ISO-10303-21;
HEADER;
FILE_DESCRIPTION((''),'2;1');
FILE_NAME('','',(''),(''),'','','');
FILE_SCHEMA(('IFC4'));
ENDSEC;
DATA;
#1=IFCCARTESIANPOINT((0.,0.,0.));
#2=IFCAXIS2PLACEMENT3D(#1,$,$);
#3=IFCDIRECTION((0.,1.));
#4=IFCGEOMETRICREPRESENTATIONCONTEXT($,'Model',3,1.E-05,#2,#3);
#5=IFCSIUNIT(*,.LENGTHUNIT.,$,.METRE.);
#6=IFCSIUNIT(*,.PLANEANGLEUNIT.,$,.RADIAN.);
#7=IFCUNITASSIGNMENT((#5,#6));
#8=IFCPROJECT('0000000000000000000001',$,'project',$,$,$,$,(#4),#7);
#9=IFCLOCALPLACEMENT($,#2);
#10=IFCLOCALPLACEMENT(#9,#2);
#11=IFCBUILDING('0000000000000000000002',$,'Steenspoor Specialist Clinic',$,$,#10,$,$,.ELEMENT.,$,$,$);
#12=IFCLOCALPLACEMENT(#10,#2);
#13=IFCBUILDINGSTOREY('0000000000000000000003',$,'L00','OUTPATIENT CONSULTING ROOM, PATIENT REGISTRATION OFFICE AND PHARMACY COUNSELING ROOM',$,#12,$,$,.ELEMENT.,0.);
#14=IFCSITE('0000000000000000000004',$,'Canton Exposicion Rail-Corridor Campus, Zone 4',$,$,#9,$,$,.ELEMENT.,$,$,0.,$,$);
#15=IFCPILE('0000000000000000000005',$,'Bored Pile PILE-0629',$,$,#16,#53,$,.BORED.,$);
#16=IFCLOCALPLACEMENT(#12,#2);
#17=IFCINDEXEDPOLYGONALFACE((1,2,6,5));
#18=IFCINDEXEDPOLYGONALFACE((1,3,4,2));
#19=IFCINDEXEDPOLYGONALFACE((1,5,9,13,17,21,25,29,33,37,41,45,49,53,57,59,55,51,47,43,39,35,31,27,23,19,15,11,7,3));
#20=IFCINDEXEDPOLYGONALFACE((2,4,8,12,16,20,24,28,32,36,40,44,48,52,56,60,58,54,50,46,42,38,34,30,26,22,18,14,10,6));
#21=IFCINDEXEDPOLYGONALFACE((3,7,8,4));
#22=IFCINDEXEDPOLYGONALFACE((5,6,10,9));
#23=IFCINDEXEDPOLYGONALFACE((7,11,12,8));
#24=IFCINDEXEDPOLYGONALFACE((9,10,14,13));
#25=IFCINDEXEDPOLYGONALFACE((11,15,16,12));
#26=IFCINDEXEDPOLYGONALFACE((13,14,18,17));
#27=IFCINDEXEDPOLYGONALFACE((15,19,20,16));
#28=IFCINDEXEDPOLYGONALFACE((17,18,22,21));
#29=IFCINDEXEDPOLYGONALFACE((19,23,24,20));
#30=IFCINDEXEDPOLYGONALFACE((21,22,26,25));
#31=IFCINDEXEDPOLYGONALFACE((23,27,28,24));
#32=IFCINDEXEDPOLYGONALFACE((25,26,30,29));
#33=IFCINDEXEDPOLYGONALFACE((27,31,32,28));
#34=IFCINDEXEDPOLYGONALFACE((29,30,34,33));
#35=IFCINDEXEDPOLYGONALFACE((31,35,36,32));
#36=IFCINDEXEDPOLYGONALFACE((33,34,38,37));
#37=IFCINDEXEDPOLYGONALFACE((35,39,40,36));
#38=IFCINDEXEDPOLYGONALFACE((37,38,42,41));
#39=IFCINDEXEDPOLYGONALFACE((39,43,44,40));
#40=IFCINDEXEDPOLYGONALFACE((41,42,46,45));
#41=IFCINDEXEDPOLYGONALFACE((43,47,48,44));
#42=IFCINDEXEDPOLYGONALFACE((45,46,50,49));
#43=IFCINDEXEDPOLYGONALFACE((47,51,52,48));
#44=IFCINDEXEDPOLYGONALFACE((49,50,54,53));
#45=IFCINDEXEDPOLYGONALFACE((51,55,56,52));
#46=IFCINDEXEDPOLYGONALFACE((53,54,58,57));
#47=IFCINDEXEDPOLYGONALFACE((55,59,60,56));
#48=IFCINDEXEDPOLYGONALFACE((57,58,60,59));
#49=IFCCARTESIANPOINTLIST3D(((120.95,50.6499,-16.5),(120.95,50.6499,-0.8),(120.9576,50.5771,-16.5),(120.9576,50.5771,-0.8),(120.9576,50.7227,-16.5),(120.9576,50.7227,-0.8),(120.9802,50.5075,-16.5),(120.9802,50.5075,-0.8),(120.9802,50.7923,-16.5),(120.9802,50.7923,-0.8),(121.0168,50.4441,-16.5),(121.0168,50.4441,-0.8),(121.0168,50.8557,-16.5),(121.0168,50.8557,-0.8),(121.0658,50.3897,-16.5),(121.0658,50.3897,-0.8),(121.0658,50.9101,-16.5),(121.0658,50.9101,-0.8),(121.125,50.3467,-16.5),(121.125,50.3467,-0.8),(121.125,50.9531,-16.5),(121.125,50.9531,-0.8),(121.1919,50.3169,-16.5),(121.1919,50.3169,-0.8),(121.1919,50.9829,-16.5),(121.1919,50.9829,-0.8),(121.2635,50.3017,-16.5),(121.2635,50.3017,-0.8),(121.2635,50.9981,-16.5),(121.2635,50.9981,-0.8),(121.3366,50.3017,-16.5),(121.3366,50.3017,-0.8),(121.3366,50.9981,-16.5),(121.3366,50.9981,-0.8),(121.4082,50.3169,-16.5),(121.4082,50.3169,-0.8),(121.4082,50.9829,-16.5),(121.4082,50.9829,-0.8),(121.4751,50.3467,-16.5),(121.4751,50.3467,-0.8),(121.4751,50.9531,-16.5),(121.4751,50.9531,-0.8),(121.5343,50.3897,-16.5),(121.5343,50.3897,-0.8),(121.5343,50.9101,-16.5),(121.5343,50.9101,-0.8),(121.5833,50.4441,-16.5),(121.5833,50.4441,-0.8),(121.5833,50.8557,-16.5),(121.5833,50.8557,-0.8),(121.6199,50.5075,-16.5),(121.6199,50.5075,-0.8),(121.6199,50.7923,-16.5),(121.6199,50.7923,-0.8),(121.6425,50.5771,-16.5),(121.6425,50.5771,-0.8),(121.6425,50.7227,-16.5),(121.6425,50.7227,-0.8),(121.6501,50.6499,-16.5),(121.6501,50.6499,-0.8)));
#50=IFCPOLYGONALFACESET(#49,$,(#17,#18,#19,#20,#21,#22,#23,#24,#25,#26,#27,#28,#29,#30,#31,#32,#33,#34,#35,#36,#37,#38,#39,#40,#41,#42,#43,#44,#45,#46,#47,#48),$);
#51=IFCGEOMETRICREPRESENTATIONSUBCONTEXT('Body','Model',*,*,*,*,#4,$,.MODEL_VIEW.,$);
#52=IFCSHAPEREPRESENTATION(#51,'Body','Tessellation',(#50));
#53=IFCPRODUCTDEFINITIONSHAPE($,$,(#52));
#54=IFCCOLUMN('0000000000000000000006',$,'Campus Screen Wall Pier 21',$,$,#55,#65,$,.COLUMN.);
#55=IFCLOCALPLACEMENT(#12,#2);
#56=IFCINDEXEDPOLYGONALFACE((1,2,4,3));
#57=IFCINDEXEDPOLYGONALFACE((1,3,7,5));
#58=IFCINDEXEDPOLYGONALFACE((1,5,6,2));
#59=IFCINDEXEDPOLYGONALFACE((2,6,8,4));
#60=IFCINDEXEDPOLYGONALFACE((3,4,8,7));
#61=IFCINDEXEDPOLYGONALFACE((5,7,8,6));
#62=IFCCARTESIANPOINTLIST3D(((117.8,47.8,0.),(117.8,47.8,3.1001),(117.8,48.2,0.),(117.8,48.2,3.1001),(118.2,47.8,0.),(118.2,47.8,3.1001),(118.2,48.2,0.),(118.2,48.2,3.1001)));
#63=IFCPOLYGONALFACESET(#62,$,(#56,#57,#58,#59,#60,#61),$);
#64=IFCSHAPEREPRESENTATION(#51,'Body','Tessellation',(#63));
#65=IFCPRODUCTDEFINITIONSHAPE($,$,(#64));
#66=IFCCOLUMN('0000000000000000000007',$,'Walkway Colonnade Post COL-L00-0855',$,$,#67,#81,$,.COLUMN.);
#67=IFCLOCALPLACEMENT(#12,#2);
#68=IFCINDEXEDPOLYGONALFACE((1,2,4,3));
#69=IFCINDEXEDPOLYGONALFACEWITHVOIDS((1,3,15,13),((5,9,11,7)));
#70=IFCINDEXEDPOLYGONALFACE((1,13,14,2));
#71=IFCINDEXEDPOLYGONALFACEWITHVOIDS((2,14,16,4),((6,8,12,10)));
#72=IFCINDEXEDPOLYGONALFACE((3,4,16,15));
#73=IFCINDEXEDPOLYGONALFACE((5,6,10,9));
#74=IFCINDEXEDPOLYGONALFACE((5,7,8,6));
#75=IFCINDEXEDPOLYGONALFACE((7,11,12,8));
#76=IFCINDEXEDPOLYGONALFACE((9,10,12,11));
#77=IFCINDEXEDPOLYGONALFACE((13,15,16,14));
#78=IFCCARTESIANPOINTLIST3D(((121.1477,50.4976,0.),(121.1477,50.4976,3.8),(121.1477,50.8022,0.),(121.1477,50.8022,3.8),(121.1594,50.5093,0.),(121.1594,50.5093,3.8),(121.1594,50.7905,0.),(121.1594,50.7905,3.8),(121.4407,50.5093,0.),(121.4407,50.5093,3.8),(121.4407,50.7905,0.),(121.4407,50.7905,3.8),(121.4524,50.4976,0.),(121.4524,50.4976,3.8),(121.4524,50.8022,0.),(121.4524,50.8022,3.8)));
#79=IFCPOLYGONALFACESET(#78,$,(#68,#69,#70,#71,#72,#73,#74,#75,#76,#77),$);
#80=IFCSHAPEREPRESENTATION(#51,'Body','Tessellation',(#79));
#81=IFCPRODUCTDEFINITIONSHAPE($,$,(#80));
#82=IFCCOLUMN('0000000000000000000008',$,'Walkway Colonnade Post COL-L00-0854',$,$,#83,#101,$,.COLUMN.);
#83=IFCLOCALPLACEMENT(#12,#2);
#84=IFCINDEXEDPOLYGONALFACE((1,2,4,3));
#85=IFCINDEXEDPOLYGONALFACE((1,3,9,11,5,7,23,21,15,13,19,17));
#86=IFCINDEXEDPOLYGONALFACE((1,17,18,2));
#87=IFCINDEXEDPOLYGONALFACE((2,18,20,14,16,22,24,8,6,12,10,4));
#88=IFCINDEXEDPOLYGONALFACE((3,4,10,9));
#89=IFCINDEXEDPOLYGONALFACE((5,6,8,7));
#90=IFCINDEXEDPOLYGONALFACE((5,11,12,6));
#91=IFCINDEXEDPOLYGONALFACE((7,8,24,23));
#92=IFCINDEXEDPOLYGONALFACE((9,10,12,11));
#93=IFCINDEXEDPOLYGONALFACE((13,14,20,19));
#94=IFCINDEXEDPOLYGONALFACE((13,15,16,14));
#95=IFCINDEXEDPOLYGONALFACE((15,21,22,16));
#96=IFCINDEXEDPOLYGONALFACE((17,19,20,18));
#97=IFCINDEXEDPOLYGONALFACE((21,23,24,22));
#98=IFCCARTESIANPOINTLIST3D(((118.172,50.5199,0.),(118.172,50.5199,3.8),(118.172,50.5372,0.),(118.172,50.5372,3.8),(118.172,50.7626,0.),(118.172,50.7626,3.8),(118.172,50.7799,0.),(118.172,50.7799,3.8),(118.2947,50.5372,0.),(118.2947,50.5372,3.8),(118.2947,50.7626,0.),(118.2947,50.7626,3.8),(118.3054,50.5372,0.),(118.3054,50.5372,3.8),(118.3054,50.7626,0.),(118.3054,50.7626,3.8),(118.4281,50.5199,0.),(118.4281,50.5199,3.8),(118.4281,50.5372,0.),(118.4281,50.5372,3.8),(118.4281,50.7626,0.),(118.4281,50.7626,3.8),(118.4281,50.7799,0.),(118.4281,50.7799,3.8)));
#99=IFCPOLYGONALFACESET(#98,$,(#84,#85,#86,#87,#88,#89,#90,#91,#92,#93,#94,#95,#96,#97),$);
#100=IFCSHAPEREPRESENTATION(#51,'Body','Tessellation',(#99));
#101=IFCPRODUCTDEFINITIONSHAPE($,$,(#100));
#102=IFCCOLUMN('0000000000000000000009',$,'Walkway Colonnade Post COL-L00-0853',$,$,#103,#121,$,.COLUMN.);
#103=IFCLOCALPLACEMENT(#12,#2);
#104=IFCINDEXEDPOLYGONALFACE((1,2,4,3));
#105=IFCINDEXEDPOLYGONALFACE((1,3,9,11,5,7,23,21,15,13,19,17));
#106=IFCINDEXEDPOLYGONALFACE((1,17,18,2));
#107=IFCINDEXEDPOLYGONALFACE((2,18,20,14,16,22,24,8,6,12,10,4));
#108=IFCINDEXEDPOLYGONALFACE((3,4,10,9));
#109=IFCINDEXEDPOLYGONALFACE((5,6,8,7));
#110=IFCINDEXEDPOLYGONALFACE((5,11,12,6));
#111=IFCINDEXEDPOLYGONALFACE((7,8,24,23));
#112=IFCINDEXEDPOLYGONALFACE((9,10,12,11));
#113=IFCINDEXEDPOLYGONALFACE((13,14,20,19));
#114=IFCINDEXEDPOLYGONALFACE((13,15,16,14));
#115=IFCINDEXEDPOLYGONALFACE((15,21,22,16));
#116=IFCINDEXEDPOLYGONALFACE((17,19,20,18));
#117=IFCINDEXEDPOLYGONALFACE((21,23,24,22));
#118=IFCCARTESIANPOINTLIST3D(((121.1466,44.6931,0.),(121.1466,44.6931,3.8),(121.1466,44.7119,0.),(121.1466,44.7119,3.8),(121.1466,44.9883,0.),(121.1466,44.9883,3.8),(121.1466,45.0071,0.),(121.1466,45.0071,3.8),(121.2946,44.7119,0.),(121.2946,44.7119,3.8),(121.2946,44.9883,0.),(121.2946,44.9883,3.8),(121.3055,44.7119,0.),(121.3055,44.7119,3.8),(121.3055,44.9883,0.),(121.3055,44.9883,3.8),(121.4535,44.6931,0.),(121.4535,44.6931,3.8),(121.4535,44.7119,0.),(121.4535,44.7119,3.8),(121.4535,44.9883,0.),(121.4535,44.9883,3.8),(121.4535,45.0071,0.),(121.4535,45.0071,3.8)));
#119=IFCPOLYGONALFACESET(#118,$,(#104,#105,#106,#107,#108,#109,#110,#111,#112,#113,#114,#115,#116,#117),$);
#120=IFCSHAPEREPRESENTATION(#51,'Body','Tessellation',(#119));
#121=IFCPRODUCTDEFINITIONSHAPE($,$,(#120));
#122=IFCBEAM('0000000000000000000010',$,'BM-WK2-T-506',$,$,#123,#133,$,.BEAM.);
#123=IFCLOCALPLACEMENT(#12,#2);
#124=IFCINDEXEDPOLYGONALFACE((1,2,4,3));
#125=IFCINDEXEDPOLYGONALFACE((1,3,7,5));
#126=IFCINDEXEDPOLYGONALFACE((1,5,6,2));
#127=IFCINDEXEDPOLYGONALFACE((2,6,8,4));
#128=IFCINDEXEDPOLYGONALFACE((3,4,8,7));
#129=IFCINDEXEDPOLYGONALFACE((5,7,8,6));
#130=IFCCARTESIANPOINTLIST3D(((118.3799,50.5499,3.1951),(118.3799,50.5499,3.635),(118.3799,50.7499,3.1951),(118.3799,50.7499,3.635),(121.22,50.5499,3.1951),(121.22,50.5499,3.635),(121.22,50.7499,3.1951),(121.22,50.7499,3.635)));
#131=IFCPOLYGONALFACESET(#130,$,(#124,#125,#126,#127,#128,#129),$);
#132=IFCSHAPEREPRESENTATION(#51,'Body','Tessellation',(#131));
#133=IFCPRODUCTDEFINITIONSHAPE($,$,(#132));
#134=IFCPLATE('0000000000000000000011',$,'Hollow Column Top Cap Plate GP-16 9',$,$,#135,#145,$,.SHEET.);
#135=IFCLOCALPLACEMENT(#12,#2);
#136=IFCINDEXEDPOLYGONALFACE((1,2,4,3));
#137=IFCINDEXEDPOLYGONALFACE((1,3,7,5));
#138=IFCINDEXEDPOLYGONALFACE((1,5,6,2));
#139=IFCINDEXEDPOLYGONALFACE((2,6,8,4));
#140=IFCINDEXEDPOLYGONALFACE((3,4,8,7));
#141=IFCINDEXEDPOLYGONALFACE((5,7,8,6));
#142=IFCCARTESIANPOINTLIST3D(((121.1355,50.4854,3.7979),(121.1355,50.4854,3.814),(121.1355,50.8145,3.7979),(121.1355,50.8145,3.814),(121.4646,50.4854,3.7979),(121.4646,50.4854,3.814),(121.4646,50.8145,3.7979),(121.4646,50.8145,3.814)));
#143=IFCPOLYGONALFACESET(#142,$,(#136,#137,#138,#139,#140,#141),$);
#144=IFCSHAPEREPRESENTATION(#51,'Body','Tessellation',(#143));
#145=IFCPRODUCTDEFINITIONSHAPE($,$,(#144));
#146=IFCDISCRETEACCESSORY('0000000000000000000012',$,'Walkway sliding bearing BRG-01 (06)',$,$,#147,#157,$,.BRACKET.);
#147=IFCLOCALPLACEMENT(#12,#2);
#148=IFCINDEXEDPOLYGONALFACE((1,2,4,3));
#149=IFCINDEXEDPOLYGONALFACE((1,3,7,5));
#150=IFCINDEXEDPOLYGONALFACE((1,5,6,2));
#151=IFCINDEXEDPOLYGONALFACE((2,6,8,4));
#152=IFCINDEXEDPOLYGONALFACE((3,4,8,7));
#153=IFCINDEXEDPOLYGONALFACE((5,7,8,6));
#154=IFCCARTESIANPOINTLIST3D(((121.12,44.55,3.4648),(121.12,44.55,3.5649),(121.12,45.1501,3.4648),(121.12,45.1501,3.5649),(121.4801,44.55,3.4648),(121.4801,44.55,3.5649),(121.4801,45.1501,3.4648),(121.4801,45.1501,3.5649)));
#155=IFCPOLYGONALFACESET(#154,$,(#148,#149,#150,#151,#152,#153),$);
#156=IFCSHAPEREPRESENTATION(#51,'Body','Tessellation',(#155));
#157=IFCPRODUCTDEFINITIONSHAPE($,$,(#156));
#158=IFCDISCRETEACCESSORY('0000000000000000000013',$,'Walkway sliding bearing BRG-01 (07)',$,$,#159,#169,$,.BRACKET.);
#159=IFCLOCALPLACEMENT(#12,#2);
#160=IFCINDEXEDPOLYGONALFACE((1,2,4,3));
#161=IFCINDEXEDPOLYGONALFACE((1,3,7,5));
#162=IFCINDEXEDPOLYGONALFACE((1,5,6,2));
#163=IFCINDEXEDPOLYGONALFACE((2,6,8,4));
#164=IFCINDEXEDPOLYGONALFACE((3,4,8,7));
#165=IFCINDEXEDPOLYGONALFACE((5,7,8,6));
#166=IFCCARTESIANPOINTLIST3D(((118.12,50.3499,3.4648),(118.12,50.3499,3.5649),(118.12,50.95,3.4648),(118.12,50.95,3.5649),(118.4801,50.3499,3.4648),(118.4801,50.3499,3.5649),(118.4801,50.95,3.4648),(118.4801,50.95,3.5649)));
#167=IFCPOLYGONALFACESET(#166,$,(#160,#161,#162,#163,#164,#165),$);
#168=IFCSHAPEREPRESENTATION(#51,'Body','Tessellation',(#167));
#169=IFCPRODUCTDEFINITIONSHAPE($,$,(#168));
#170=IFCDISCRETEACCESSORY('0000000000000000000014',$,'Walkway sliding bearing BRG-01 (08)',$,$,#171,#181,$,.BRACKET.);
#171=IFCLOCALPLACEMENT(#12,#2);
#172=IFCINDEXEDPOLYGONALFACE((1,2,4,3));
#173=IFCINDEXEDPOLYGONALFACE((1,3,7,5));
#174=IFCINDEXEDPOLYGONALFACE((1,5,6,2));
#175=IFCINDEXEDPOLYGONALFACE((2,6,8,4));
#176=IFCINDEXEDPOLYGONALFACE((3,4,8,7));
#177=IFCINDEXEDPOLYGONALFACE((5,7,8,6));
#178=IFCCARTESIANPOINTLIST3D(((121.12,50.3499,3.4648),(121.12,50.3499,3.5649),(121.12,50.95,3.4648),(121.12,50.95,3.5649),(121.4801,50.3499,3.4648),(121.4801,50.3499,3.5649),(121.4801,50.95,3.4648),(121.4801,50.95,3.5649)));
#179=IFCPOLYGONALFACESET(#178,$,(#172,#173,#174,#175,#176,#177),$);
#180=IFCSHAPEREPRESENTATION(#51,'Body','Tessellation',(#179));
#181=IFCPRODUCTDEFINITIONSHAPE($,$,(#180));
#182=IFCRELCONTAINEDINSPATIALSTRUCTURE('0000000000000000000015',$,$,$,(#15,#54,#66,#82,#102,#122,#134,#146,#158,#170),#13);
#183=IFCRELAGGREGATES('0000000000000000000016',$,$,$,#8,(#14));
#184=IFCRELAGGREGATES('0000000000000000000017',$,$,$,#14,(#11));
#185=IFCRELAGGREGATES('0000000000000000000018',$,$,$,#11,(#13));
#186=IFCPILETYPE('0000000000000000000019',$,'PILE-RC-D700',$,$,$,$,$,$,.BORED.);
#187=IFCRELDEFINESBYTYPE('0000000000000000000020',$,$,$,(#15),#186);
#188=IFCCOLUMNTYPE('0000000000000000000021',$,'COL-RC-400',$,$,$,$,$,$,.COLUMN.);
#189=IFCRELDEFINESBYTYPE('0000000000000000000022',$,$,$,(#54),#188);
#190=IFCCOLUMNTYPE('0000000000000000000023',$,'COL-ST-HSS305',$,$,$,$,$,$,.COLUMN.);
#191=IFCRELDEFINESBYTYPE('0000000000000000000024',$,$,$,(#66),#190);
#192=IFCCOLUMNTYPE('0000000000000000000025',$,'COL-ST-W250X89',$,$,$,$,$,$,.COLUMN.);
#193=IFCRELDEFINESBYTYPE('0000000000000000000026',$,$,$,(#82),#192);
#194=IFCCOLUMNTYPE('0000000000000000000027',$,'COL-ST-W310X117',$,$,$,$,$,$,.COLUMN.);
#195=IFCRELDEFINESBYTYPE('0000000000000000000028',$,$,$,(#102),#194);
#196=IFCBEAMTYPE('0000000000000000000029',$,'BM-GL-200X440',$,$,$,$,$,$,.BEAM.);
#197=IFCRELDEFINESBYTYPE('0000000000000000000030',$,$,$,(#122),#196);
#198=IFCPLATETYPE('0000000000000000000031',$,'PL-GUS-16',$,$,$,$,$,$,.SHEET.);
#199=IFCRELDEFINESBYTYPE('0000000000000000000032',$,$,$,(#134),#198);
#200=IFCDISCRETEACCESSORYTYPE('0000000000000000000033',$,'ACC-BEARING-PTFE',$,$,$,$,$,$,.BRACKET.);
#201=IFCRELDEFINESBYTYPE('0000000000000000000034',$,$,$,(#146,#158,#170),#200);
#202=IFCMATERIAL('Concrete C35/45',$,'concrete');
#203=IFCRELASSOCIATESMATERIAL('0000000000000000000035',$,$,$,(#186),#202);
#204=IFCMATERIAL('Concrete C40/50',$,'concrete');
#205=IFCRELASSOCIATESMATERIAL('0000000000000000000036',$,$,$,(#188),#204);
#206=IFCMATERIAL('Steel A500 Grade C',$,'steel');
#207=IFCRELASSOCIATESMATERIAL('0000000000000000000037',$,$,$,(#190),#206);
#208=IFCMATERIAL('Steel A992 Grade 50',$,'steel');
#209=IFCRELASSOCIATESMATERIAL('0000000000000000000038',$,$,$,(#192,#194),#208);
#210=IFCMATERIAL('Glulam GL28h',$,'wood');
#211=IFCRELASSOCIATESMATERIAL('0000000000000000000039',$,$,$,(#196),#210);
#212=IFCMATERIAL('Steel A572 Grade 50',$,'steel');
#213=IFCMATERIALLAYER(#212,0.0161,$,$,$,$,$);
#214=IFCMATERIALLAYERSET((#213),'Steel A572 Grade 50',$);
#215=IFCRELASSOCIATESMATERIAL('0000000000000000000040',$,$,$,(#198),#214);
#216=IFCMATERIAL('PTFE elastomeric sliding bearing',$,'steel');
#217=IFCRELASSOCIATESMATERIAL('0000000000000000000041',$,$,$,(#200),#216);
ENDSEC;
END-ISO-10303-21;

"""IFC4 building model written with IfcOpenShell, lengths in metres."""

from ifc_helpers import new_model, si_unit, direction, frame, origin, origin_2d, place, context, subcontext, project, spatial, rectangle, hollow_rectangle, circle, i_section, extrude, material, layer, layer_set, material_profile, profile_set, type_object, element, save


model = new_model("IFC4")

# Units and contexts
model_context = context("Model", 3, precision=1e-05, world=origin(), true_north=direction((0.0, 1.0)))
body_context = subcontext(model_context, "Body", "Model", "MODEL_VIEW")
ifc_project = project(units=[si_unit("LENGTHUNIT", "METRE"), si_unit("PLANEANGLEUNIT", "RADIAN")], contexts=[model_context])

# Site, building, storey
site_placement = place(None, origin())
site = spatial("IfcSite", under=ifc_project, at=site_placement, Name="Canton Exposicion Rail-Corridor Campus, Zone 4", CompositionType="ELEMENT", RefElevation=0.0)
building_placement = place(site_placement, origin())
building = spatial("IfcBuilding", under=site, at=building_placement, Name="Steenspoor Specialist Clinic", CompositionType="ELEMENT")
storey_placement = place(building_placement, origin())
storey = spatial("IfcBuildingStorey", under=building, at=storey_placement, Name="L00", Description="OUTPATIENT CONSULTING ROOM, PATIENT REGISTRATION OFFICE AND PHARMACY COUNSELING ROOM", CompositionType="ELEMENT", Elevation=0.0)

# Shared definitions
ifc_material_1 = material(Name="Concrete C35/45", Category="concrete")

# Pile
ifc_material_profile_1 = material_profile(ifc_material_1, circle(Radius=0.3501, at=origin_2d()), Name="PILE-D700")
ifc_profile_set_1 = profile_set([ifc_material_profile_1], Name="Concrete C35/45")
pile_type = type_object("IfcPileType", Name="PILE-RC-D700", PredefinedType="BORED", material=ifc_profile_set_1)
for number, where, z_axis, x_axis, name in (
    (1, (121.3, 50.6499, -0.8), (0.0, 0.0, -1.0), (1.0, 0.0, 0.0), "Bored Pile PILE-0629"),
):
    element("IfcPile", number, at=place(storey_placement, frame(where, z_axis=z_axis, x_axis=x_axis)), inside=storey, type_object=pile_type, Name=name, PredefinedType="BORED", context=body_context, shape_type="SweptSolid", body=[
        extrude(circle(Radius=0.3501, at=origin_2d()), origin(), (0.0, 0.0, 1.0), 15.7),
    ])

# Columns
ifc_material_2 = material(Name="Concrete C40/50", Category="concrete")
ifc_material_profile_2 = material_profile(ifc_material_2, rectangle(XDim=0.3999, YDim=0.3999, at=origin_2d()), Name="RC-COL-400X400")
ifc_profile_set_2 = profile_set([ifc_material_profile_2], Name="Concrete C40/50")
column_type_1 = type_object("IfcColumnType", Name="COL-RC-400", PredefinedType="COLUMN", material=ifc_profile_set_2)
column_1_placement = place(storey_placement, frame((118.0, 48.0, 0.0), z_axis=(0.0, 0.0, 1.0), x_axis=(1.0, 0.0, 0.0)))
element("IfcColumn", 2, at=column_1_placement, inside=storey, type_object=column_type_1, Name="Campus Screen Wall Pier 21", PredefinedType="COLUMN", context=body_context, shape_type="SweptSolid", body=[
    extrude(rectangle(XDim=0.3999, YDim=0.3999, at=origin_2d()), origin(), (0.0, 0.0, 1.0), 3.1001),
])
ifc_material_3 = material(Name="Steel A500 Grade C", Category="steel")
ifc_material_profile_3 = material_profile(ifc_material_3, hollow_rectangle(XDim=0.3047, YDim=0.3047, WallThickness=0.0117, at=origin_2d()), Name="HSS305X305X12.7")
ifc_profile_set_3 = profile_set([ifc_material_profile_3], Name="Steel A500 Grade C")
column_type_2 = type_object("IfcColumnType", Name="COL-ST-HSS305", PredefinedType="COLUMN", material=ifc_profile_set_3)
column_2_placement = place(storey_placement, frame((121.3, 50.6499, 0.0), z_axis=(0.0, 0.0, 1.0), x_axis=(1.0, 0.0, 0.0)))
element("IfcColumn", 3, at=column_2_placement, inside=storey, type_object=column_type_2, Name="Walkway Colonnade Post COL-L00-0855", PredefinedType="COLUMN", context=body_context, shape_type="SweptSolid", body=[
    extrude(hollow_rectangle(XDim=0.3047, YDim=0.3047, WallThickness=0.0117, at=origin_2d()), origin(), (0.0, 0.0, 1.0), 3.8),
])
ifc_material_4 = material(Name="Steel A992 Grade 50", Category="steel")
ifc_material_profile_4 = material_profile(ifc_material_4, i_section(OverallWidth=0.2561, OverallDepth=0.26, WebThickness=0.0107, FlangeThickness=0.0173, at=origin_2d()), Name="W250X89")
ifc_profile_set_4 = profile_set([ifc_material_profile_4], Name="Steel A992 Grade 50")
column_type_3 = type_object("IfcColumnType", Name="COL-ST-W250X89", PredefinedType="COLUMN", material=ifc_profile_set_4)
column_3_placement = place(storey_placement, frame((118.3, 50.6499, 0.0), z_axis=(0.0, 0.0, 1.0), x_axis=(1.0, 0.0, 0.0)))
element("IfcColumn", 4, at=column_3_placement, inside=storey, type_object=column_type_3, Name="Walkway Colonnade Post COL-L00-0854", PredefinedType="COLUMN", context=body_context, shape_type="SweptSolid", body=[
    extrude(i_section(OverallWidth=0.2561, OverallDepth=0.26, WebThickness=0.0107, FlangeThickness=0.0173, at=origin_2d()), origin(), (0.0, 0.0, 1.0), 3.8),
])
ifc_material_profile_5 = material_profile(ifc_material_4, i_section(OverallWidth=0.3069, OverallDepth=0.314, WebThickness=0.011, FlangeThickness=0.0188, at=origin_2d()), Name="W310X117")
ifc_profile_set_5 = profile_set([ifc_material_profile_5], Name="Steel A992 Grade 50")
column_type_4 = type_object("IfcColumnType", Name="COL-ST-W310X117", PredefinedType="COLUMN", material=ifc_profile_set_5)
column_4_placement = place(storey_placement, frame((121.3, 44.8501, 0.0), z_axis=(0.0, 0.0, 1.0), x_axis=(1.0, 0.0, 0.0)))
element("IfcColumn", 5, at=column_4_placement, inside=storey, type_object=column_type_4, Name="Walkway Colonnade Post COL-L00-0853", PredefinedType="COLUMN", context=body_context, shape_type="SweptSolid", body=[
    extrude(i_section(OverallWidth=0.3069, OverallDepth=0.314, WebThickness=0.011, FlangeThickness=0.0188, at=origin_2d()), origin(), (0.0, 0.0, 1.0), 3.8),
])

# Beam
ifc_material_5 = material(Name="Glulam GL28h", Category="wood")
ifc_material_profile_6 = material_profile(ifc_material_5, rectangle(XDim=0.2, YDim=0.4399, at=origin_2d()), Name="GL28H-200X440")
ifc_profile_set_6 = profile_set([ifc_material_profile_6], Name="Glulam GL28h")
beam_type = type_object("IfcBeamType", Name="BM-GL-200X440", PredefinedType="BEAM", material=ifc_profile_set_6)
beam_placement = place(storey_placement, frame((118.3799, 50.6499, 3.415), z_axis=(1.0, 0.0, 0.0), x_axis=(0.0, 1.0, 0.0)))
element("IfcBeam", 6, at=beam_placement, inside=storey, type_object=beam_type, Name="BM-WK2-T-506", PredefinedType="BEAM", context=body_context, shape_type="SweptSolid", body=[
    extrude(rectangle(XDim=0.2, YDim=0.4399, at=origin_2d()), origin(), (0.0, 0.0, 1.0), 2.8401),
])

# Plate
ifc_material_6 = material(Name="Steel A572 Grade 50", Category="steel")
ifc_layer = layer(ifc_material_6, 0.0161)
ifc_layer_set = layer_set([ifc_layer], Name="Steel A572 Grade 50")
plate_type = type_object("IfcPlateType", Name="PL-GUS-16", PredefinedType="SHEET", material=ifc_layer_set)
plate_placement = place(storey_placement, frame((121.3, 50.6499, 3.7979), z_axis=(0.0, 0.0, 1.0), x_axis=(1.0, 0.0, 0.0)))
element("IfcPlate", 7, at=plate_placement, inside=storey, type_object=plate_type, Name="Hollow Column Top Cap Plate GP-16 9", PredefinedType="SHEET", context=body_context, shape_type="SweptSolid", body=[
    extrude(rectangle(XDim=0.3291, YDim=0.3291, at=origin_2d()), origin(), (0.0, 0.0, 1.0), 0.0161),
])

# Discrete accessories
ifc_material_7 = material(Name="PTFE elastomeric sliding bearing", Category="steel")
discrete_accessory_type = type_object("IfcDiscreteAccessoryType", Name="ACC-BEARING-PTFE", PredefinedType="BRACKET", material=ifc_material_7)
for number, where, z_axis, x_axis, name in (
    (8, (121.3, 44.8501, 3.4648), (0.0, 0.0, 1.0), (1.0, 0.0, 0.0), "Walkway sliding bearing BRG-01 (06)"),
    (9, (118.3, 50.6499, 3.4648), (0.0, 0.0, 1.0), (1.0, 0.0, 0.0), "Walkway sliding bearing BRG-01 (07)"),
    (10, (121.3, 50.6499, 3.4648), (0.0, 0.0, 1.0), (1.0, 0.0, 0.0), "Walkway sliding bearing BRG-01 (08)"),
):
    element("IfcDiscreteAccessory", number, at=place(storey_placement, frame(where, z_axis=z_axis, x_axis=x_axis)), inside=storey, type_object=discrete_accessory_type, Name=name, PredefinedType="BRACKET", context=body_context, shape_type="SweptSolid", body=[
        extrude(rectangle(XDim=0.3601, YDim=0.6001, at=origin_2d()), origin(), (0.0, 0.0, 1.0), 0.1001),
    ])

save(model, "model.ifc")
